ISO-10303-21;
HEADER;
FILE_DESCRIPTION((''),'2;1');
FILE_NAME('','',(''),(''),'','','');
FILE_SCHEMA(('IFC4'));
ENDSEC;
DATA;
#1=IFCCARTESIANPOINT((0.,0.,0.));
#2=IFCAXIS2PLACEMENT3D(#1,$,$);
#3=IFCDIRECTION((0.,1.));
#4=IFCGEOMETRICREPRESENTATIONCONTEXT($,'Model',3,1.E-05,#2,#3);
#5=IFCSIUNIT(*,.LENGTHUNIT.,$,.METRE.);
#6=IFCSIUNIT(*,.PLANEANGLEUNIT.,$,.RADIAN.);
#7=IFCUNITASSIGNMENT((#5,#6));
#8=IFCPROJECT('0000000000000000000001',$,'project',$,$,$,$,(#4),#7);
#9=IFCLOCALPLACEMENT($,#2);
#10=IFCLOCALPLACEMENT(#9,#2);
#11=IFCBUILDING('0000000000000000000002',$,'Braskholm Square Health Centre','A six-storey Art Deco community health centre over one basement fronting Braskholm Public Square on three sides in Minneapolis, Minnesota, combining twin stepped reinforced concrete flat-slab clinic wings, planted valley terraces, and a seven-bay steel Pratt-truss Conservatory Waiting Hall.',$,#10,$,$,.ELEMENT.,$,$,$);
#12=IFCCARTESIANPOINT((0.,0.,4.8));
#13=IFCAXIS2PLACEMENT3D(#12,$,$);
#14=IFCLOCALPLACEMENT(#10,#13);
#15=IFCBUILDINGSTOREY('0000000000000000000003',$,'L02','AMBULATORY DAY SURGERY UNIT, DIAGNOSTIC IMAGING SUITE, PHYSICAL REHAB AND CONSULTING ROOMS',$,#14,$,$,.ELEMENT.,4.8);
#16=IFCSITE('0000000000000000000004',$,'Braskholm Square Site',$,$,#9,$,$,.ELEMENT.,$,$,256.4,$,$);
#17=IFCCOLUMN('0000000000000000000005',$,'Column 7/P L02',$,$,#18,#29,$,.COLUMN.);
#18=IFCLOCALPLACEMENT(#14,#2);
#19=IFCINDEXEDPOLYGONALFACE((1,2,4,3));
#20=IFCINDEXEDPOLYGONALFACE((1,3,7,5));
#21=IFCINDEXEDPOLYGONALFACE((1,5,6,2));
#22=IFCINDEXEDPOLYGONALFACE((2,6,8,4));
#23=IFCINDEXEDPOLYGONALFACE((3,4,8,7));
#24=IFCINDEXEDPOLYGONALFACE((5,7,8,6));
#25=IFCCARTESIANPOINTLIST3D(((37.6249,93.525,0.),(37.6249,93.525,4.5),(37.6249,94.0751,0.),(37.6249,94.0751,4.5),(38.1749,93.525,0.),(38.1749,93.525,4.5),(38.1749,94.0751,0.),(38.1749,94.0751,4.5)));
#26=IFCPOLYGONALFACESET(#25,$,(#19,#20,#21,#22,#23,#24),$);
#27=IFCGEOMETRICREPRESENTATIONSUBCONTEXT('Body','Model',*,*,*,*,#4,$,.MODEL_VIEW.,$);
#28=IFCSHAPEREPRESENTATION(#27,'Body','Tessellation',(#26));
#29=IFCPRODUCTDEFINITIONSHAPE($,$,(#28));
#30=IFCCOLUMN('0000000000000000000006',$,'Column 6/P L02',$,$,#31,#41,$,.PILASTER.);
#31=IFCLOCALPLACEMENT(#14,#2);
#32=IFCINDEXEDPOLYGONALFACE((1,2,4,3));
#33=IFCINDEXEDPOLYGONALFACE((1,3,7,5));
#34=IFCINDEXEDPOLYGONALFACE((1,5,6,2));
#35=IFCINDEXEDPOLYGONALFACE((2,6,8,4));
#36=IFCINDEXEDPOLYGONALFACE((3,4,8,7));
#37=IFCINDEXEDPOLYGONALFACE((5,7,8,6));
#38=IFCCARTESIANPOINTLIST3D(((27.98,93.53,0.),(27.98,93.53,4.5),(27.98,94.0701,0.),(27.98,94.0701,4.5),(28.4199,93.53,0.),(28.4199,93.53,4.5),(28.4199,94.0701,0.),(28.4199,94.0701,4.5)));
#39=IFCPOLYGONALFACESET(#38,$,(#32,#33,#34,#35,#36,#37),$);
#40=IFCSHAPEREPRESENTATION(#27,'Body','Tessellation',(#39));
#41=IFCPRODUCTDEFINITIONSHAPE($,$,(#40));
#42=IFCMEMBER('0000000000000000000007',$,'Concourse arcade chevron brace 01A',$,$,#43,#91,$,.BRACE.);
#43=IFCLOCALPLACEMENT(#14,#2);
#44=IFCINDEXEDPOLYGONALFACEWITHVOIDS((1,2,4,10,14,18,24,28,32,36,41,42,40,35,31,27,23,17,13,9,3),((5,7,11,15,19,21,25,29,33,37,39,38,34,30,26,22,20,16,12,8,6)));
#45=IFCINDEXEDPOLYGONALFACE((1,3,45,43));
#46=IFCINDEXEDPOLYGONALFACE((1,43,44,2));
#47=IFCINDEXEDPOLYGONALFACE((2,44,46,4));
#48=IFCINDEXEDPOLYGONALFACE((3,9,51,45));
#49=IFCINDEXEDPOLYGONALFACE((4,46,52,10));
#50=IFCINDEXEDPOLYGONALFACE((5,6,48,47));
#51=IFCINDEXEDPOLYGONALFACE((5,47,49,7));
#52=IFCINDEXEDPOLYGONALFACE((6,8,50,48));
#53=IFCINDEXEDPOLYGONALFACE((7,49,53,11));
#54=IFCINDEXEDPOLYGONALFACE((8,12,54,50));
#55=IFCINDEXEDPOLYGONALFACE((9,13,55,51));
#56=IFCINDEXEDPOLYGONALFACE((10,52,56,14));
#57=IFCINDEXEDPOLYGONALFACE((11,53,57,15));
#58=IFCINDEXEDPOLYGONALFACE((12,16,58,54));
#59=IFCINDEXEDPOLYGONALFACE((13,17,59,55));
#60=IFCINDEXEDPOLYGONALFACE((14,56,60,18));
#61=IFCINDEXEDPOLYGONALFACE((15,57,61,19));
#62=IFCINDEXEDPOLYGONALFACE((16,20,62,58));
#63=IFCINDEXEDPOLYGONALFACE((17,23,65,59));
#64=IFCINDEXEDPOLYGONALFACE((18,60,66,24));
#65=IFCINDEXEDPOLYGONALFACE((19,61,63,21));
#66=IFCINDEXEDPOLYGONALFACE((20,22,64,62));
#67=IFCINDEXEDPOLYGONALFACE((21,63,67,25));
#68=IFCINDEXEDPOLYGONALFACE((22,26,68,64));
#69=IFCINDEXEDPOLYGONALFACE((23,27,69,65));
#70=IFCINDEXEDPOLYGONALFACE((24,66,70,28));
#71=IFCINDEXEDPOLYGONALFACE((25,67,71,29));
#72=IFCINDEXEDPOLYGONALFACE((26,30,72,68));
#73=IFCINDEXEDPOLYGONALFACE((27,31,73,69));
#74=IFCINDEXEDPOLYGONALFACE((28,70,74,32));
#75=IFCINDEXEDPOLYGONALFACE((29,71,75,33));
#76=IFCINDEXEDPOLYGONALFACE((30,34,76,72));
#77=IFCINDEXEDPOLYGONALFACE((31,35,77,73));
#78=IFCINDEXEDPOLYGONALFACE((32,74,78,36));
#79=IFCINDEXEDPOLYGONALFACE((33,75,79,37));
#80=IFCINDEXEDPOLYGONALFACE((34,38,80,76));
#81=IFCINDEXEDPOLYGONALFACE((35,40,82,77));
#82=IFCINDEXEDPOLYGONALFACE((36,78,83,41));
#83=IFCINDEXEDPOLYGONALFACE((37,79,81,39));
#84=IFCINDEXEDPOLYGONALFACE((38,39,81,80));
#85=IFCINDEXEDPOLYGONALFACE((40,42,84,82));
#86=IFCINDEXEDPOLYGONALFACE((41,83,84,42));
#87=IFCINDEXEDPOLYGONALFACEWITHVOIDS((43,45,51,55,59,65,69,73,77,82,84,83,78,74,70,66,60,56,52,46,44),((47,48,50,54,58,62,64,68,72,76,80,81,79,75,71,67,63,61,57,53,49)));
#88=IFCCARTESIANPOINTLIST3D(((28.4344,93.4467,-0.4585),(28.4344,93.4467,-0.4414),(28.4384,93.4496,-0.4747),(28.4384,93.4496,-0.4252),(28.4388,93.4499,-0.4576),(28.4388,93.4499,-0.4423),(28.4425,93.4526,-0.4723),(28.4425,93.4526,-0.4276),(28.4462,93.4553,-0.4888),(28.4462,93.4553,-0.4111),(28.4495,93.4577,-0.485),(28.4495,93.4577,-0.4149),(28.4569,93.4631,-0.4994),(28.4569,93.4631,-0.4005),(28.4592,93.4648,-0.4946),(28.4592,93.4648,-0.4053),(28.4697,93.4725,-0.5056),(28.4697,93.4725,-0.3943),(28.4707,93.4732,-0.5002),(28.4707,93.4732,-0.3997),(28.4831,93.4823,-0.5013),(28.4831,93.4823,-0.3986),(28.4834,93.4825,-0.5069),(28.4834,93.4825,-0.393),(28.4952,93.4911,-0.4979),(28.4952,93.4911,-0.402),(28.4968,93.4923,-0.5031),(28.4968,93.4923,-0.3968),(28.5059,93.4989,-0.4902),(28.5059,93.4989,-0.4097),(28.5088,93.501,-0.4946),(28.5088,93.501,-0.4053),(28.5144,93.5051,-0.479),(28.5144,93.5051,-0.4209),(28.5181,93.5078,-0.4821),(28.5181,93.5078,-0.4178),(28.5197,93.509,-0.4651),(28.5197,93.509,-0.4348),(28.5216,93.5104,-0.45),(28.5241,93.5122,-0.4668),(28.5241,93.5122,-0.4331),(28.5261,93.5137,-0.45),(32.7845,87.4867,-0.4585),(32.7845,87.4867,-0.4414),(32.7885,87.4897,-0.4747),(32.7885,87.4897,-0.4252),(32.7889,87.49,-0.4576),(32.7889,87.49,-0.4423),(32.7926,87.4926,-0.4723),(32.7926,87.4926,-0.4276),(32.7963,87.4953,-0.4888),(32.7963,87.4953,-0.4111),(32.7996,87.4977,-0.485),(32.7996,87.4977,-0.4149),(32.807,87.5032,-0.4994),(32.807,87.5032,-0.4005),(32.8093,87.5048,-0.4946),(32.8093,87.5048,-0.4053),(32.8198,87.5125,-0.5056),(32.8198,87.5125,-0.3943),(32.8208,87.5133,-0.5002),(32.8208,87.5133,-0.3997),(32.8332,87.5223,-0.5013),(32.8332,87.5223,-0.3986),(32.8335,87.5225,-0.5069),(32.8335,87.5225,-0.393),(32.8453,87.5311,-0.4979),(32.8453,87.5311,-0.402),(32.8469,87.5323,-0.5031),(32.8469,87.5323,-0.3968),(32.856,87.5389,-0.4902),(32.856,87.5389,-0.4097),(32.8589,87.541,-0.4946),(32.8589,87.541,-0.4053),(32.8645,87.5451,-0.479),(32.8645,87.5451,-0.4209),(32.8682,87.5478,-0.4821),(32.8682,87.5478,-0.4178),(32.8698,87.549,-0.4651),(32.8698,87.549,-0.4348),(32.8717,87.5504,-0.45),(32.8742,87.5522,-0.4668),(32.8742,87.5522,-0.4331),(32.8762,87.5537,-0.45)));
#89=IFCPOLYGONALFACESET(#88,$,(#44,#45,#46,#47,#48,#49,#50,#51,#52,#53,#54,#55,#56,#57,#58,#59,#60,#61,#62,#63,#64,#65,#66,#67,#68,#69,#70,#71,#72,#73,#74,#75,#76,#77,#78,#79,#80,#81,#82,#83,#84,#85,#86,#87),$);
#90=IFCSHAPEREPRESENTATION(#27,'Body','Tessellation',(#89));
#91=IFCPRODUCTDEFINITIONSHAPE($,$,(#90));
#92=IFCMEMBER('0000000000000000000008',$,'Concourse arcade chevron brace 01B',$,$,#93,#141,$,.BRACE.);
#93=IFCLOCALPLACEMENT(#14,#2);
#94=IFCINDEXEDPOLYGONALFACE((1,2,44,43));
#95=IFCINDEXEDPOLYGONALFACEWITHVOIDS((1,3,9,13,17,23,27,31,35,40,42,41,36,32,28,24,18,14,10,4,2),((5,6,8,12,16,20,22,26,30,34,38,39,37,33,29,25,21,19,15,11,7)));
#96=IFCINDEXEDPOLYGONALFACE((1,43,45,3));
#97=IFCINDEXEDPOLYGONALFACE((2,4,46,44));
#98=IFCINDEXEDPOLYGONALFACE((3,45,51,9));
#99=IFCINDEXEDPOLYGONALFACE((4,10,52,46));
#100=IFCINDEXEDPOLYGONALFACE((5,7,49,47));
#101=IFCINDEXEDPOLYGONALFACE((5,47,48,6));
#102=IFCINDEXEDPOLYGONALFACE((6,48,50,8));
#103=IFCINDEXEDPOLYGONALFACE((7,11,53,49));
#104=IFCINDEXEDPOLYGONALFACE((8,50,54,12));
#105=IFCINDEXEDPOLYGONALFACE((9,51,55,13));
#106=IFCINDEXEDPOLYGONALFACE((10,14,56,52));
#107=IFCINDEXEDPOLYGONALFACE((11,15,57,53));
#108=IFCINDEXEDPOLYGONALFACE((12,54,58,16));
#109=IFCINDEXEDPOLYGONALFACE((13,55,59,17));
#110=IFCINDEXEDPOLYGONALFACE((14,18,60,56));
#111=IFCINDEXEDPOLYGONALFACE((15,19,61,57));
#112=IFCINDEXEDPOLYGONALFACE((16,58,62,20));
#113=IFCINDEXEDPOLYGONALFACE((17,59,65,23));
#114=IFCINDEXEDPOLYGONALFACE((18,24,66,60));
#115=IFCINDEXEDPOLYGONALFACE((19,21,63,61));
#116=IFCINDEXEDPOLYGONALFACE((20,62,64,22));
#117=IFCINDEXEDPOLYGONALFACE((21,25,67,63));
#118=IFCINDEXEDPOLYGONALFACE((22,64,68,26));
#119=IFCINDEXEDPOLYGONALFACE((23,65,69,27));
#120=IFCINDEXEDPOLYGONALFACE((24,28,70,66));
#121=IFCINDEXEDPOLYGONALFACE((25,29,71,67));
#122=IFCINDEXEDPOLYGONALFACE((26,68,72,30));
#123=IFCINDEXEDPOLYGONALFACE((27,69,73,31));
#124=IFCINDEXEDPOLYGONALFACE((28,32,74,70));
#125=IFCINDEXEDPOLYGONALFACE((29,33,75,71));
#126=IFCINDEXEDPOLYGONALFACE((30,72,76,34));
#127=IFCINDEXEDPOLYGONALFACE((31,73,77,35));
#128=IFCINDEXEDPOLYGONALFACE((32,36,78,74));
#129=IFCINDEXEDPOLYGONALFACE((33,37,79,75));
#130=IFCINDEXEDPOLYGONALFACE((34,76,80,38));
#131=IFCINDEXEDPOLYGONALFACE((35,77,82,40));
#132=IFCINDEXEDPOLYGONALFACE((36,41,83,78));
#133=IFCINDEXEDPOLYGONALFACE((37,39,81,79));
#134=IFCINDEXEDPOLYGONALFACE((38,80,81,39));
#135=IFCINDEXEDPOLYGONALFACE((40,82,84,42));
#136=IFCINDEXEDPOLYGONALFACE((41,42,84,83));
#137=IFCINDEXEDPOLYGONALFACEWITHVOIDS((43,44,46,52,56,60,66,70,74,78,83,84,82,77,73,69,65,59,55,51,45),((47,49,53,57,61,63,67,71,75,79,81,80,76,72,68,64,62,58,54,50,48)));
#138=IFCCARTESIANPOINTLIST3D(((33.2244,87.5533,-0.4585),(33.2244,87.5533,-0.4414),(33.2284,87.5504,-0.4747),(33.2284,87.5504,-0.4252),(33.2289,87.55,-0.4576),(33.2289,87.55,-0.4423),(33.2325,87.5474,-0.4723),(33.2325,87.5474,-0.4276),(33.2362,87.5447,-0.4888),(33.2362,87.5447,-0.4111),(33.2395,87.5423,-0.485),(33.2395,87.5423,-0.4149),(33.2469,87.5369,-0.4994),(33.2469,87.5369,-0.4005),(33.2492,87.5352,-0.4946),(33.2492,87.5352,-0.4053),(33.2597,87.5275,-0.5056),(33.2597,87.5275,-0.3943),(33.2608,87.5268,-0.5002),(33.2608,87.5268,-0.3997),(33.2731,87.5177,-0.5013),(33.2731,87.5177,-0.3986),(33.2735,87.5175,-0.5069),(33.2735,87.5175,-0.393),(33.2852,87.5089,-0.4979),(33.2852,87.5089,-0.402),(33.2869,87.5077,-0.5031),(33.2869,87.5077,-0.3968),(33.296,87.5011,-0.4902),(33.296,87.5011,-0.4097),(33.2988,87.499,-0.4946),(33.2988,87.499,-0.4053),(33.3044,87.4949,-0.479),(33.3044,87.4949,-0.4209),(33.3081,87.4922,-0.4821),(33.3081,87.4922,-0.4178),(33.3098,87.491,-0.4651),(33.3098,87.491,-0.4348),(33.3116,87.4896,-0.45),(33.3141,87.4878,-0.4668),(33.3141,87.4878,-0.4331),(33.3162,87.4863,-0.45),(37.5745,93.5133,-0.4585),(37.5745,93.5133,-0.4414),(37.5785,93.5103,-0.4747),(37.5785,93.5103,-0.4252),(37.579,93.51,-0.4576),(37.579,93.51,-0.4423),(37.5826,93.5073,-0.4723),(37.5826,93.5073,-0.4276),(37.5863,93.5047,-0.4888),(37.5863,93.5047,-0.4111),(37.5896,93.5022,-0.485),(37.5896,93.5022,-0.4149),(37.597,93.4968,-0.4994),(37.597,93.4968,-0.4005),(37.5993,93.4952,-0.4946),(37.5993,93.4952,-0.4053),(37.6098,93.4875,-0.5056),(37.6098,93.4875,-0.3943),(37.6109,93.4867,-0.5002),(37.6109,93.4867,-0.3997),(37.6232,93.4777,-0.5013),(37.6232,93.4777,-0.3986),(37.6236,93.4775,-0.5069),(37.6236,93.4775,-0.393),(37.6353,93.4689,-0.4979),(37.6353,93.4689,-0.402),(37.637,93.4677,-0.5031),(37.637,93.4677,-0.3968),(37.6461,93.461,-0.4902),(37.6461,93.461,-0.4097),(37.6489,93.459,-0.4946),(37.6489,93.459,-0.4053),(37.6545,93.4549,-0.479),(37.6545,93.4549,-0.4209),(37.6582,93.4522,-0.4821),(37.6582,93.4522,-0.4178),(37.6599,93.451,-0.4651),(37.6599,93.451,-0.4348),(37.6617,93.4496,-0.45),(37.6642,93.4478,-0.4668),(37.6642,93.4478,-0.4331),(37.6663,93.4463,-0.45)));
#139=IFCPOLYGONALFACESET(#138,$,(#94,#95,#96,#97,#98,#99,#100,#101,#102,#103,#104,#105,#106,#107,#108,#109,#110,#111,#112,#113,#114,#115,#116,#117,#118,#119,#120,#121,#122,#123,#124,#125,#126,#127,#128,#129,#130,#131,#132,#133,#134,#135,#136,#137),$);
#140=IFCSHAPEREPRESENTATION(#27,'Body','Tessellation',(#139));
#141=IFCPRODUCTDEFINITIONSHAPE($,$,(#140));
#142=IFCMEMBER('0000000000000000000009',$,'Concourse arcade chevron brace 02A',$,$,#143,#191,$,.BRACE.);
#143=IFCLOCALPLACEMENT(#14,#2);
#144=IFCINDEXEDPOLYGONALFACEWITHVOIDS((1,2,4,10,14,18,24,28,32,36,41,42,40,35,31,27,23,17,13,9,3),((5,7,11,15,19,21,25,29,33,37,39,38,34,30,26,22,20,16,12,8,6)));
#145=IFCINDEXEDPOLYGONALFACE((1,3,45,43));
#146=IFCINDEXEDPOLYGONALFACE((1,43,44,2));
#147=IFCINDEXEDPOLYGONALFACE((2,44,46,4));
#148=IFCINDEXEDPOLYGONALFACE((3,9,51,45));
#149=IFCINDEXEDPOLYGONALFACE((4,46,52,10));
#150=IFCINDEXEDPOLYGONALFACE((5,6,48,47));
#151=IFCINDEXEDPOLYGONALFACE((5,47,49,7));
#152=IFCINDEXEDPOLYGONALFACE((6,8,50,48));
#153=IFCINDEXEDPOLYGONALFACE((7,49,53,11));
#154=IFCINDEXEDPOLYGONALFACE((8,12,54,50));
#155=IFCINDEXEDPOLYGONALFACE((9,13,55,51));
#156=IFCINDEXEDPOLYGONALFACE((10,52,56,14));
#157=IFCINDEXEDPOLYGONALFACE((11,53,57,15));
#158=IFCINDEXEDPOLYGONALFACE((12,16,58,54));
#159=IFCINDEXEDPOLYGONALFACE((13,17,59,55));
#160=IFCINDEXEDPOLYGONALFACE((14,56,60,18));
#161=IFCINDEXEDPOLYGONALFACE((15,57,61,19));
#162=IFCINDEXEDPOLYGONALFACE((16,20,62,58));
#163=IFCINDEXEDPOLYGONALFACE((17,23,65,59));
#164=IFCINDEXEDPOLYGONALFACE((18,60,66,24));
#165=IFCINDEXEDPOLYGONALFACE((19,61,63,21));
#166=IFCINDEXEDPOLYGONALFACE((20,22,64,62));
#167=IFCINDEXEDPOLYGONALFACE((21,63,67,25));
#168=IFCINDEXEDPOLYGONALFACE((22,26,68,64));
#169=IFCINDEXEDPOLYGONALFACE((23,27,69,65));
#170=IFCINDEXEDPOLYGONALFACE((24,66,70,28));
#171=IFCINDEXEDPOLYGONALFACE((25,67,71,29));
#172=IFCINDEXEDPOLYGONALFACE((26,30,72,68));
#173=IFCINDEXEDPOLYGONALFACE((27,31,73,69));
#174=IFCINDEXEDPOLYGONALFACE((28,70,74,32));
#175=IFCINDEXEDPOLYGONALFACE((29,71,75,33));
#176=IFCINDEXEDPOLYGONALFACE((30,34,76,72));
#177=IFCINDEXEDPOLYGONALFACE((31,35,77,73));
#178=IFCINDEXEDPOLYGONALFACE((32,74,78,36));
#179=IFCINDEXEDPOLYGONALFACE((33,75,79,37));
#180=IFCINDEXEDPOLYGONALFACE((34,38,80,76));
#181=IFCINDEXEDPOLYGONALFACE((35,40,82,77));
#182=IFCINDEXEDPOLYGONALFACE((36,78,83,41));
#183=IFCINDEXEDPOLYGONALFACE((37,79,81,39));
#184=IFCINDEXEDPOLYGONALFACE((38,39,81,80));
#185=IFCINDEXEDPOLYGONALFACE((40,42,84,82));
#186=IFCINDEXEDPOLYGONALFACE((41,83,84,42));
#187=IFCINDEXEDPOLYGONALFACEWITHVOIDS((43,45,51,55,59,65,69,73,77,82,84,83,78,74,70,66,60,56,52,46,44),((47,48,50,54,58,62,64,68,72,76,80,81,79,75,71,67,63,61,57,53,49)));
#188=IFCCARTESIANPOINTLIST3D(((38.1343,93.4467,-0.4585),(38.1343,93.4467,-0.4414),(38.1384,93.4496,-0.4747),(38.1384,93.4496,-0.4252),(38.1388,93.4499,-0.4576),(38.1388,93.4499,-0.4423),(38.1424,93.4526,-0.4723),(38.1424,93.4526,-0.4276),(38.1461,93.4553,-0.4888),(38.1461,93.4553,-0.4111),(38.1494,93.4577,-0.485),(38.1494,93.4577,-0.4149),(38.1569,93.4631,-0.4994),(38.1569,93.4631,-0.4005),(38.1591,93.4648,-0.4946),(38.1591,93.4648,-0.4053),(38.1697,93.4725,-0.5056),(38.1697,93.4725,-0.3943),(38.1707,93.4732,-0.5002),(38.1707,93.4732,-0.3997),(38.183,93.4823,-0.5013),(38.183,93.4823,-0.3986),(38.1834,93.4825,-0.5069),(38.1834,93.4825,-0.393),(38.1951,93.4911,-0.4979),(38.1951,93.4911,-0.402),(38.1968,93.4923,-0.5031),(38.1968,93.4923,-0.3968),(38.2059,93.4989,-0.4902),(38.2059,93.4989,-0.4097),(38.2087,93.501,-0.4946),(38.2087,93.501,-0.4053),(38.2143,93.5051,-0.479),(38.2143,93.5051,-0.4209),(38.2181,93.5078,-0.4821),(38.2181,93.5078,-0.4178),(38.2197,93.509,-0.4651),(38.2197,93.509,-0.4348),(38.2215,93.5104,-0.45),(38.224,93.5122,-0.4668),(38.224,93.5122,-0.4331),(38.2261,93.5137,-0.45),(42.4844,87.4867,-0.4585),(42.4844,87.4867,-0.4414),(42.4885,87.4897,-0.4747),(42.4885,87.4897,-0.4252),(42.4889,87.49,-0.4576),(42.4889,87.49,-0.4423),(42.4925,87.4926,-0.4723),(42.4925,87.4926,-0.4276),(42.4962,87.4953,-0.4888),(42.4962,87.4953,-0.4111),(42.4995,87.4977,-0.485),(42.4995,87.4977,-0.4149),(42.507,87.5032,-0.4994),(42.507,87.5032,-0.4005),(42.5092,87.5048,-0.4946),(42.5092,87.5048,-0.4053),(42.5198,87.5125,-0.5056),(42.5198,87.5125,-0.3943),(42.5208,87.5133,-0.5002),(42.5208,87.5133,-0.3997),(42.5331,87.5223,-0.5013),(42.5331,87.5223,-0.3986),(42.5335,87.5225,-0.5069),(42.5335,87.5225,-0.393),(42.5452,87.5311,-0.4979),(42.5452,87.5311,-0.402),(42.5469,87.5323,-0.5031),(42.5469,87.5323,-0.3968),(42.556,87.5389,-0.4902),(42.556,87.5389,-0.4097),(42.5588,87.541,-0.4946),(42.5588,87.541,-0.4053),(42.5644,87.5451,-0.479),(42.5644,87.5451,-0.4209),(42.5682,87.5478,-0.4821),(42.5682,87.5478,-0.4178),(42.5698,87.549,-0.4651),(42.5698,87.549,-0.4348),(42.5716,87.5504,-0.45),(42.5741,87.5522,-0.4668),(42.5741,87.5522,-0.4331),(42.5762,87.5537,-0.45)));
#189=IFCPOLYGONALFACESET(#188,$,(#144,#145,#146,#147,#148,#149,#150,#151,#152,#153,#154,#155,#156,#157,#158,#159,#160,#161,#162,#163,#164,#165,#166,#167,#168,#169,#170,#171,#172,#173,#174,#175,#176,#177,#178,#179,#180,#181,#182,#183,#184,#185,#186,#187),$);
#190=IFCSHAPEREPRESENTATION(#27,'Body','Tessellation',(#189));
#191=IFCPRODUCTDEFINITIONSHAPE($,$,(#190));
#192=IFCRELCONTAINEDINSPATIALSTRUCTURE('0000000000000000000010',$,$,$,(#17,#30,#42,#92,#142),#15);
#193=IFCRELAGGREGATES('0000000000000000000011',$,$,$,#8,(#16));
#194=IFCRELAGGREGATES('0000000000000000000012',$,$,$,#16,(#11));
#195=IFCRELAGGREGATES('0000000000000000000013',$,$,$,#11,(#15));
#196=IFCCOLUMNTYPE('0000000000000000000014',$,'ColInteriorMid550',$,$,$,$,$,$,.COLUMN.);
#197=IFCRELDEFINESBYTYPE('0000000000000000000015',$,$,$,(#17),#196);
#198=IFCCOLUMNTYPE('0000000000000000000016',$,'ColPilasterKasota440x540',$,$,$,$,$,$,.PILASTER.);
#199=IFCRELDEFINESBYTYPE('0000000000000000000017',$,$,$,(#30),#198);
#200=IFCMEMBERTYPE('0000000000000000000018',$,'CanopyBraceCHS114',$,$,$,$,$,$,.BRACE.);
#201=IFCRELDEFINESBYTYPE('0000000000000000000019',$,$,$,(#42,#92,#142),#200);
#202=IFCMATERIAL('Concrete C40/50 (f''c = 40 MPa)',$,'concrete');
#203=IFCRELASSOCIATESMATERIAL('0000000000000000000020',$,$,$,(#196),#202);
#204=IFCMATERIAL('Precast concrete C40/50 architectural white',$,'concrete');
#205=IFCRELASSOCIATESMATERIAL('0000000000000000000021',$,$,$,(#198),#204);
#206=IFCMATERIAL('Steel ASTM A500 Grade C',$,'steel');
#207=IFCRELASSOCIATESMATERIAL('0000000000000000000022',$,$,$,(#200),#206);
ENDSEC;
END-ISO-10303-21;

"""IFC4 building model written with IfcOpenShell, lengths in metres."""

from ifc_helpers import new_model, si_unit, direction, frame, origin, origin_2d, place, context, subcontext, project, spatial, rectangle, hollow_circle, extrude, material, material_profile, profile_set, type_object, element, save


model = new_model("IFC4")

# Units and contexts
model_context = context("Model", 3, precision=1e-05, world=origin(), true_north=direction((0.0, 1.0)))
body_context = subcontext(model_context, "Body", "Model", "MODEL_VIEW")
ifc_project = project(units=[si_unit("LENGTHUNIT", "METRE"), si_unit("PLANEANGLEUNIT", "RADIAN")], contexts=[model_context])

# Site, building, storey
site_placement = place(None, origin())
site = spatial("IfcSite", under=ifc_project, at=site_placement, Name="Braskholm Square Site", CompositionType="ELEMENT", RefElevation=256.4)
building_placement = place(site_placement, origin())
building = spatial("IfcBuilding", under=site, at=building_placement, Name="Braskholm Square Health Centre", Description="A six-storey Art Deco community health centre over one basement fronting Braskholm Public Square on three sides in Minneapolis, Minnesota, combining twin stepped reinforced concrete flat-slab clinic wings, planted valley terraces, and a seven-bay steel Pratt-truss Conservatory Waiting Hall.", CompositionType="ELEMENT")
storey_placement = place(building_placement, frame((0.0, 0.0, 4.8)))
storey = spatial("IfcBuildingStorey", under=building, at=storey_placement, Name="L02", Description="AMBULATORY DAY SURGERY UNIT, DIAGNOSTIC IMAGING SUITE, PHYSICAL REHAB AND CONSULTING ROOMS", CompositionType="ELEMENT", Elevation=4.8)

# Columns
ifc_material_1 = material(Name="Concrete C40/50 (f'c = 40 MPa)", Category="concrete")
ifc_material_profile_1 = material_profile(ifc_material_1, rectangle(XDim=0.55, YDim=0.55, at=origin_2d()), Name="RC-550X550")
ifc_profile_set_1 = profile_set([ifc_material_profile_1], Name="Concrete C40/50 (f'c = 40 MPa)")
column_type_1 = type_object("IfcColumnType", Name="ColInteriorMid550", PredefinedType="COLUMN", material=ifc_profile_set_1)
column_1_placement = place(storey_placement, frame((37.8999, 93.8, 0.0), z_axis=(0.0, 0.0, 1.0), x_axis=(1.0, 0.0, 0.0)))
element("IfcColumn", 1, at=column_1_placement, inside=storey, type_object=column_type_1, Name="Column 7/P L02", PredefinedType="COLUMN", context=body_context, shape_type="SweptSolid", body=[
    extrude(rectangle(XDim=0.55, YDim=0.55, at=origin_2d()), origin(), (0.0, 0.0, 1.0), 4.5),
])
ifc_material_2 = material(Name="Precast concrete C40/50 architectural white", Category="concrete")
ifc_material_profile_2 = material_profile(ifc_material_2, rectangle(XDim=0.4399, YDim=0.54, at=origin_2d()), Name="RC-440X540")
ifc_profile_set_2 = profile_set([ifc_material_profile_2], Name="Precast concrete C40/50 architectural white")
column_type_2 = type_object("IfcColumnType", Name="ColPilasterKasota440x540", PredefinedType="PILASTER", material=ifc_profile_set_2)
column_2_placement = place(storey_placement, frame((28.2, 93.8, 0.0), z_axis=(0.0, 0.0, 1.0), x_axis=(1.0, 0.0, 0.0)))
element("IfcColumn", 2, at=column_2_placement, inside=storey, type_object=column_type_2, Name="Column 6/P L02", PredefinedType="PILASTER", context=body_context, shape_type="SweptSolid", body=[
    extrude(rectangle(XDim=0.4399, YDim=0.54, at=origin_2d()), origin(), (0.0, 0.0, 1.0), 4.5),
])

# Members
ifc_material_3 = material(Name="Steel ASTM A500 Grade C", Category="steel")
ifc_material_profile_3 = material_profile(ifc_material_3, hollow_circle(Radius=0.0571, WallThickness=0.0056, at=origin_2d()), Name="HSS4.500X0.237")
ifc_profile_set_3 = profile_set([ifc_material_profile_3], Name="Steel ASTM A500 Grade C")
member_type_1 = type_object("IfcMemberType", Name="CanopyBraceCHS114", PredefinedType="BRACE", material=ifc_profile_set_3)
for number, where, z_axis, x_axis, name in (
    (3, (28.48, 93.48, -0.45), (0.589552, -0.80773, 0.0), (0.80773, 0.589552, 0.0), "Concourse arcade chevron brace 01A"),
    (4, (37.6201, 93.48, -0.45), (-0.589552, -0.80773, 0.0), (0.80773, -0.589552, 0.0), "Concourse arcade chevron brace 01B"),
    (5, (38.1799, 93.48, -0.45), (0.589552, -0.80773, 0.0), (0.80773, 0.589552, 0.0), "Concourse arcade chevron brace 02A"),
):
    element("IfcMember", number, at=place(storey_placement, frame(where, z_axis=z_axis, x_axis=x_axis)), inside=storey, type_object=member_type_1, Name=name, PredefinedType="BRACE", context=body_context, shape_type="SweptSolid", body=[
        extrude(hollow_circle(Radius=0.0571, WallThickness=0.0056, at=origin_2d()), origin(), (0.0, 0.0, 1.0), 7.3787),
    ])

save(model, "model.ifc")
